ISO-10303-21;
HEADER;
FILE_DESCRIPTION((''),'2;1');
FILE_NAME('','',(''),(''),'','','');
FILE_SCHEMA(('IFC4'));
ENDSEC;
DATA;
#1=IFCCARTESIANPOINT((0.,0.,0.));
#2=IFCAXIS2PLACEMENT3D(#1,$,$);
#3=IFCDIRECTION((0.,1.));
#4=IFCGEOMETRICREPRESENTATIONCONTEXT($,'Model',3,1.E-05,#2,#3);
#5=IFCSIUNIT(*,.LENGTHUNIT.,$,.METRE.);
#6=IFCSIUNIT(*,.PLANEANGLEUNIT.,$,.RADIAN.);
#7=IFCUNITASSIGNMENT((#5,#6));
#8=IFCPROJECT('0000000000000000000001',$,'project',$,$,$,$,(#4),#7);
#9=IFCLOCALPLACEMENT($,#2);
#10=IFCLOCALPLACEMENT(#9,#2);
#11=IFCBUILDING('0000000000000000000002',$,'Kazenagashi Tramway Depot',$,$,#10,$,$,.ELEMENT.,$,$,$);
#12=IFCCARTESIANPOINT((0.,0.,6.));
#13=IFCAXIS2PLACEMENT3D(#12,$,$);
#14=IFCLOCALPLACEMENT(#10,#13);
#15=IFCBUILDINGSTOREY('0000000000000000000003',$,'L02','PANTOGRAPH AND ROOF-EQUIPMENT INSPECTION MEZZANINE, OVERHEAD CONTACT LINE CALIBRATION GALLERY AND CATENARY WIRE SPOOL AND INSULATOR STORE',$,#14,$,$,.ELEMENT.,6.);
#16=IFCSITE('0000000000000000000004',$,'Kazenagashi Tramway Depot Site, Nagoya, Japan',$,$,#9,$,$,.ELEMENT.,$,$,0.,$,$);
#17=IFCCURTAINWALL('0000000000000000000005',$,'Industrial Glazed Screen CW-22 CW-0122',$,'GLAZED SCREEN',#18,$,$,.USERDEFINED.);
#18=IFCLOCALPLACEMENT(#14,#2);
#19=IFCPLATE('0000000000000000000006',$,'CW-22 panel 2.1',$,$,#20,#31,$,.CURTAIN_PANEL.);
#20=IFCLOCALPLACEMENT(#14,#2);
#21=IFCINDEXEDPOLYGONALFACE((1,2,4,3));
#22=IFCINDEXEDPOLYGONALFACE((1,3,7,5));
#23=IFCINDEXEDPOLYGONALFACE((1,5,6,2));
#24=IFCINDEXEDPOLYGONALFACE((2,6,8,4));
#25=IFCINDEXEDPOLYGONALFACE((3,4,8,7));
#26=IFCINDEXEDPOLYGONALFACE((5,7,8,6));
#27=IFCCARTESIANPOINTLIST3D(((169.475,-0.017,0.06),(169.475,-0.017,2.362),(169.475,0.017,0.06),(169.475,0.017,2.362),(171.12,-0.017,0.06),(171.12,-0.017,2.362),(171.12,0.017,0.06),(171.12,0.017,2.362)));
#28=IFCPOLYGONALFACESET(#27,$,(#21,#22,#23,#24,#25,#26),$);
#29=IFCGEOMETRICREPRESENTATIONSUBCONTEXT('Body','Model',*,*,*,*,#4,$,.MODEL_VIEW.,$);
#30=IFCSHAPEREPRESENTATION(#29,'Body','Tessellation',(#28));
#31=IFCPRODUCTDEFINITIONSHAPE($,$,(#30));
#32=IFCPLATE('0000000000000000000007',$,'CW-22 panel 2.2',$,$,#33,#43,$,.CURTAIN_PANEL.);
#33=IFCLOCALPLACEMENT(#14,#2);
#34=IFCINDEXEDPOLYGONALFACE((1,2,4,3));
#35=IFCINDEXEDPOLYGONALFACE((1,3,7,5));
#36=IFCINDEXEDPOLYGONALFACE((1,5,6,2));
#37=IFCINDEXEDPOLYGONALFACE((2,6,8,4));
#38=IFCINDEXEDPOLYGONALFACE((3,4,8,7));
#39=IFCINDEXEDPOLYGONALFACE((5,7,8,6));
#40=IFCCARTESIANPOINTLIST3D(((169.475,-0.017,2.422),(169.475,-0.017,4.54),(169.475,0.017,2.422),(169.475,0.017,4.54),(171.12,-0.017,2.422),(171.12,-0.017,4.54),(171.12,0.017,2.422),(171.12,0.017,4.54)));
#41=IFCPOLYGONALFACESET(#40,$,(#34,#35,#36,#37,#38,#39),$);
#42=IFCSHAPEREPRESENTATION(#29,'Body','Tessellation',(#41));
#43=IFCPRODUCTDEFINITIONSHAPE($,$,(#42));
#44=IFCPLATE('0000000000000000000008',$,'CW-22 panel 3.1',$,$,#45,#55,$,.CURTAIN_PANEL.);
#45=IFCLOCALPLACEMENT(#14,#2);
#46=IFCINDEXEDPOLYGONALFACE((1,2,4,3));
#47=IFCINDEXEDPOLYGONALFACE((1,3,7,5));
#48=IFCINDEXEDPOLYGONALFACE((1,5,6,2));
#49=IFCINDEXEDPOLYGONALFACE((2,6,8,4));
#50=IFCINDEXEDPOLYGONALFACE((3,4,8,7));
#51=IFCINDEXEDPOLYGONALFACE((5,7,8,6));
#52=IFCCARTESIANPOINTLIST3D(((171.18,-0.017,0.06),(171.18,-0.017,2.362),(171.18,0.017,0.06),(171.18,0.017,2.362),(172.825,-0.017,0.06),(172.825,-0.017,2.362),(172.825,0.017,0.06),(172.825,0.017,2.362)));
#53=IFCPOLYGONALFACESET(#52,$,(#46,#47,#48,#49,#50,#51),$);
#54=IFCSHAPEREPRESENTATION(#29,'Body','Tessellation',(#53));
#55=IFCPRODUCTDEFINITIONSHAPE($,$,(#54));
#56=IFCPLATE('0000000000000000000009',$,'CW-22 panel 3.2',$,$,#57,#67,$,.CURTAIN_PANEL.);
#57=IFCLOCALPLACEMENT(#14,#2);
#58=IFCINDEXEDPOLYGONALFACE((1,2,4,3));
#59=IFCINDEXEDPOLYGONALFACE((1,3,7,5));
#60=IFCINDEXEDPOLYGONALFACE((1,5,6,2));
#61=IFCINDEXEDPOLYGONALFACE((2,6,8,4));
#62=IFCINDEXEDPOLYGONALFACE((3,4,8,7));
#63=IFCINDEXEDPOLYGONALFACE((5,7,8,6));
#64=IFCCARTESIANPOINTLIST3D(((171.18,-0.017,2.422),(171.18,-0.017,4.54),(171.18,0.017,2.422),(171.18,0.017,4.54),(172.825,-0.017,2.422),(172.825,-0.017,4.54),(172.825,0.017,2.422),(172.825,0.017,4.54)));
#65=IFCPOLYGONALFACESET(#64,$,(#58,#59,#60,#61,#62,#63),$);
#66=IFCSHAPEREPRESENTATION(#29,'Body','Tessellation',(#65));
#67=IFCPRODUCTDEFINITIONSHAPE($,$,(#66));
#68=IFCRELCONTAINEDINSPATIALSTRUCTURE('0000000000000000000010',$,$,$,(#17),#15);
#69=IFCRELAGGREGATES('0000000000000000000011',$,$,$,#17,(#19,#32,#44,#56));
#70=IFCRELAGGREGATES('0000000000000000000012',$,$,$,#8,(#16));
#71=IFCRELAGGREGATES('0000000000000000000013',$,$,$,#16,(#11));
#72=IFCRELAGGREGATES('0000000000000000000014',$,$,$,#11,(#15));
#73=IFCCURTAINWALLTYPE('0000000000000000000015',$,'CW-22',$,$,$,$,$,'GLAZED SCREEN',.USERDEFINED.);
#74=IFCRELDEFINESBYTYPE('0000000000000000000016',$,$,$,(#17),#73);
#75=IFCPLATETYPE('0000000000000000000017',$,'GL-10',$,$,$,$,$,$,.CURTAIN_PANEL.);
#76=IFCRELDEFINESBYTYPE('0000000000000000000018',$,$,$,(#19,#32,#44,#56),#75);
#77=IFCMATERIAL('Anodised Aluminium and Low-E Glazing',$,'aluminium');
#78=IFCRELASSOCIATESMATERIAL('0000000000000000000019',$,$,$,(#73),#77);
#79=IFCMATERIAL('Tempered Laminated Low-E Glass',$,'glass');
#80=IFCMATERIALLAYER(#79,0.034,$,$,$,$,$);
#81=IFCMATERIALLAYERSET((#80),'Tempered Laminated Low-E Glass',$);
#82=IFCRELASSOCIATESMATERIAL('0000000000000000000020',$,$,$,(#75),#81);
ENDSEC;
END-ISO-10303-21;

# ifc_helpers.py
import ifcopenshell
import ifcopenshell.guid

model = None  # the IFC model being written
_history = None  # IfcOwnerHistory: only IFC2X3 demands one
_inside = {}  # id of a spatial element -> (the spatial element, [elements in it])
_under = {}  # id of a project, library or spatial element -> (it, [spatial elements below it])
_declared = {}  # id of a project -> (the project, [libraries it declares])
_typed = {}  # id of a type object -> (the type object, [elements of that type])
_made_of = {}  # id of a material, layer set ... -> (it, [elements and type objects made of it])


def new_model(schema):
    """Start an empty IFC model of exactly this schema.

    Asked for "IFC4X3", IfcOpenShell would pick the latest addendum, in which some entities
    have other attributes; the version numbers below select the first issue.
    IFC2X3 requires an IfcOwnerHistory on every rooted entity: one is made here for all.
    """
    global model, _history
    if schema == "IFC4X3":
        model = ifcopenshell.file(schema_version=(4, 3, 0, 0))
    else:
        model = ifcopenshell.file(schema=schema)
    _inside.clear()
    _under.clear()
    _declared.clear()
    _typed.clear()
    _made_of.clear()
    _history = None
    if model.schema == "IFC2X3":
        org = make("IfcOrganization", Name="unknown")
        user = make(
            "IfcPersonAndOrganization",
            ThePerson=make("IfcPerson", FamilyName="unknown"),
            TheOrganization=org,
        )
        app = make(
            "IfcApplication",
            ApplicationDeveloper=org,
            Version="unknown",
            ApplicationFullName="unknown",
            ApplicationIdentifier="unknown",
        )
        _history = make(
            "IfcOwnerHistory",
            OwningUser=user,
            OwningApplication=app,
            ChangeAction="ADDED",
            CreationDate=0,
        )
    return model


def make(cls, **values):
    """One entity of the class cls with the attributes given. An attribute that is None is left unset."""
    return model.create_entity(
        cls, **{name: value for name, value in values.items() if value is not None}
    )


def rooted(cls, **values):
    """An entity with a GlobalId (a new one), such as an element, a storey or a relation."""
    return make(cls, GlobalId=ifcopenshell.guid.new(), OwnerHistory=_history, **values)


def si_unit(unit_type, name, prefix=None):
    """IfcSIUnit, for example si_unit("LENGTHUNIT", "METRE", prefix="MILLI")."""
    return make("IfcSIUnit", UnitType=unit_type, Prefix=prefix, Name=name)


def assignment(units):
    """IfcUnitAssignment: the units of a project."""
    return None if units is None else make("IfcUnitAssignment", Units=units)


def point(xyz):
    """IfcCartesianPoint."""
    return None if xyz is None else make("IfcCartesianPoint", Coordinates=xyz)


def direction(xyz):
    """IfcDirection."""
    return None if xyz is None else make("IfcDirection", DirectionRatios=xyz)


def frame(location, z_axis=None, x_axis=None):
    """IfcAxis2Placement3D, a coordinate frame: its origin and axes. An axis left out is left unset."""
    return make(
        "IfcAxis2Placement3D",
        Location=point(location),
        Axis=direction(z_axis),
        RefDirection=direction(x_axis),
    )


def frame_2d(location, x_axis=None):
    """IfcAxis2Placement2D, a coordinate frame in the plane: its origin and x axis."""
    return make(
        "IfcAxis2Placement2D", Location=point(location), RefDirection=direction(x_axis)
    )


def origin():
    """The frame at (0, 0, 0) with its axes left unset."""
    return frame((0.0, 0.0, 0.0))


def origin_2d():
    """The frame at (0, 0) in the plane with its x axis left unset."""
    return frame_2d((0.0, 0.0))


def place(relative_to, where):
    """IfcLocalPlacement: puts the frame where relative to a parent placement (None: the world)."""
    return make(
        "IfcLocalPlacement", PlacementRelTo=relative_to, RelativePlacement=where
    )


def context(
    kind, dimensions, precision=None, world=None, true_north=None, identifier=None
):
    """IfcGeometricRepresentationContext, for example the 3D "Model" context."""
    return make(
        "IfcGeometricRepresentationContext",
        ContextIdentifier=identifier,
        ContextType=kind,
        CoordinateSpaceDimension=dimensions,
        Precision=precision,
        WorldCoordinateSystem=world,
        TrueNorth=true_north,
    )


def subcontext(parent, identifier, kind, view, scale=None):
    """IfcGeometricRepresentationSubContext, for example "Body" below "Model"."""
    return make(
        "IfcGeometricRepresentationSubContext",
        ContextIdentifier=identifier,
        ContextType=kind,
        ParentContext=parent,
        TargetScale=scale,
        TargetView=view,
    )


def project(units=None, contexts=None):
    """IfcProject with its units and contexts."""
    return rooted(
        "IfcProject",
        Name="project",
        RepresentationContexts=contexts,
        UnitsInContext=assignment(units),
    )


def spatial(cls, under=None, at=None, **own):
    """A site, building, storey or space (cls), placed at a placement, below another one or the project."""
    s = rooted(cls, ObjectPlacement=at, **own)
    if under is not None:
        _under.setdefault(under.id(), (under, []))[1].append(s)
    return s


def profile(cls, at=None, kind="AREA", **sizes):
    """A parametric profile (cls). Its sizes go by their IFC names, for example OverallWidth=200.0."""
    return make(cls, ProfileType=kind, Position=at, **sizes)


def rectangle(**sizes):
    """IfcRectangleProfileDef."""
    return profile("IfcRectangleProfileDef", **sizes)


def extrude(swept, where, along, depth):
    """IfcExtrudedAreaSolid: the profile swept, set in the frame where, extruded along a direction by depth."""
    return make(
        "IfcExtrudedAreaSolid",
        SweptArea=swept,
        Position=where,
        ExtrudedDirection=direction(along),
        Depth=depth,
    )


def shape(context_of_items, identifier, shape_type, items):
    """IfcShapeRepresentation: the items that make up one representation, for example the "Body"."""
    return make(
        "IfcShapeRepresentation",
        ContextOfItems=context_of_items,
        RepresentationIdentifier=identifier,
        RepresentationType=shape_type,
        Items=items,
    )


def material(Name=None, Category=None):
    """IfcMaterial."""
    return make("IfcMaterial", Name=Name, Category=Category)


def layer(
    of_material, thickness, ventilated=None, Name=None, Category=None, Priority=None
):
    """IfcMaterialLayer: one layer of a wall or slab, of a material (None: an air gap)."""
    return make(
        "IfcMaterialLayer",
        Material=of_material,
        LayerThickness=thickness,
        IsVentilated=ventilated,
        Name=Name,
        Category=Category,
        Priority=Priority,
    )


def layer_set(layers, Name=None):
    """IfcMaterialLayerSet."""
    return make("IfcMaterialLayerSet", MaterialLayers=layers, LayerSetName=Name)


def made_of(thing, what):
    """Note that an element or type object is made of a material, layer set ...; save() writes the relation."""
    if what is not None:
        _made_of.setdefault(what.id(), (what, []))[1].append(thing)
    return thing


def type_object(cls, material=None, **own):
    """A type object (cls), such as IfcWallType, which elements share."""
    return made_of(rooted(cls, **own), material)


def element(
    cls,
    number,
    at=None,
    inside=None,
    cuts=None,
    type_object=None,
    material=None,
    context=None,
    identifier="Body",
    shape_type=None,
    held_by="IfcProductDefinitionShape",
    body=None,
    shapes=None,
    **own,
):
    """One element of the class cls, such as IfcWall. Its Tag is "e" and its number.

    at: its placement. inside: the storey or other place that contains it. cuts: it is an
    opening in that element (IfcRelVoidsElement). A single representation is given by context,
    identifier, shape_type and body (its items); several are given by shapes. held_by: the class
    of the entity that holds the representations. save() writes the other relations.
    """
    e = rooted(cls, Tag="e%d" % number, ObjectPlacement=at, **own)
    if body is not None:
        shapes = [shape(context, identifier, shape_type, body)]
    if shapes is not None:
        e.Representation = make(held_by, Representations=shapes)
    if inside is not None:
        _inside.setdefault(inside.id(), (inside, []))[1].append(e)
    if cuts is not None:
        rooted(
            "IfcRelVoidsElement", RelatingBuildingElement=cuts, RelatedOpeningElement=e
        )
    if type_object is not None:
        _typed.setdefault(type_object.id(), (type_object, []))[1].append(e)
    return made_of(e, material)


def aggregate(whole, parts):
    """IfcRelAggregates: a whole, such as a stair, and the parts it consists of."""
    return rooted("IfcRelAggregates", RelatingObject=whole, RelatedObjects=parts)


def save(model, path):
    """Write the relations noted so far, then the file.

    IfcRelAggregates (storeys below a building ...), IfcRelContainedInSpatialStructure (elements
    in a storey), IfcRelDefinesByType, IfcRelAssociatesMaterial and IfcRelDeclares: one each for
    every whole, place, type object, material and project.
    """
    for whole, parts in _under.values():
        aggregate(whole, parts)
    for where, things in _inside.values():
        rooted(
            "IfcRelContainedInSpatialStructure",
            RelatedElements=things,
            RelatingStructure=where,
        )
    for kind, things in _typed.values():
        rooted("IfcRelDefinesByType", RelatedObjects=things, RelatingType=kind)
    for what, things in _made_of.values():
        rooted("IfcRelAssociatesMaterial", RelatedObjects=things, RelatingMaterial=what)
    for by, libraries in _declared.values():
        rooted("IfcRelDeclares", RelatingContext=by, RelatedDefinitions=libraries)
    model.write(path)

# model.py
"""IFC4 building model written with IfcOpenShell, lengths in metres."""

from ifc_helpers import new_model, si_unit, direction, frame, origin, origin_2d, place, context, subcontext, project, spatial, rectangle, extrude, material, layer, layer_set, type_object, element, aggregate, save


model = new_model("IFC4")

# Units and contexts
model_context = context("Model", 3, precision=1e-05, world=origin(), true_north=direction((0.0, 1.0)))
body_context = subcontext(model_context, "Body", "Model", "MODEL_VIEW")
ifc_project = project(units=[si_unit("LENGTHUNIT", "METRE"), si_unit("PLANEANGLEUNIT", "RADIAN")], contexts=[model_context])

# Site, building, storey
site_placement = place(None, origin())
site = spatial("IfcSite", under=ifc_project, at=site_placement, Name="Kazenagashi Tramway Depot Site, Nagoya, Japan", CompositionType="ELEMENT", RefElevation=0.0)
building_placement = place(site_placement, origin())
building = spatial("IfcBuilding", under=site, at=building_placement, Name="Kazenagashi Tramway Depot", CompositionType="ELEMENT")
storey_placement = place(building_placement, frame((0.0, 0.0, 6.0)))
storey = spatial("IfcBuildingStorey", under=building, at=storey_placement, Name="L02", Description="PANTOGRAPH AND ROOF-EQUIPMENT INSPECTION MEZZANINE, OVERHEAD CONTACT LINE CALIBRATION GALLERY AND CATENARY WIRE SPOOL AND INSULATOR STORE", CompositionType="ELEMENT", Elevation=6.0)

# Curtain wall, plates
ifc_material_1 = material(Name="Anodised Aluminium and Low-E Glazing", Category="aluminium")
curtain_wall_type = type_object("IfcCurtainWallType", Name="CW-22", ElementType="GLAZED SCREEN", PredefinedType="USERDEFINED", material=ifc_material_1)
curtain_wall_placement = place(storey_placement, origin())
curtain_wall = element("IfcCurtainWall", 1, at=curtain_wall_placement, inside=storey, type_object=curtain_wall_type, Name="Industrial Glazed Screen CW-22 CW-0122", ObjectType="GLAZED SCREEN", PredefinedType="USERDEFINED")
ifc_material_2 = material(Name="Tempered Laminated Low-E Glass", Category="glass")
ifc_layer = layer(ifc_material_2, 0.034)
ifc_layer_set = layer_set([ifc_layer], Name="Tempered Laminated Low-E Glass")
plate_type = type_object("IfcPlateType", Name="GL-10", PredefinedType="CURTAIN_PANEL", material=ifc_layer_set)
plate_1_placement = place(storey_placement, frame((170.2975, 0.0, 0.06), z_axis=(0.0, 0.0, 1.0), x_axis=(1.0, 0.0, 0.0)))
plate_1 = element("IfcPlate", 2, at=plate_1_placement, type_object=plate_type, Name="CW-22 panel 2.1", PredefinedType="CURTAIN_PANEL", context=body_context, shape_type="SweptSolid", body=[
    extrude(rectangle(XDim=1.645, YDim=0.034, at=origin_2d()), origin(), (0.0, 0.0, 1.0), 2.302),
])
plate_2_placement = place(storey_placement, frame((170.2975, 0.0, 2.422), z_axis=(0.0, 0.0, 1.0), x_axis=(1.0, 0.0, 0.0)))
plate_2 = element("IfcPlate", 3, at=plate_2_placement, type_object=plate_type, Name="CW-22 panel 2.2", PredefinedType="CURTAIN_PANEL", context=body_context, shape_type="SweptSolid", body=[
    extrude(rectangle(XDim=1.645, YDim=0.034, at=origin_2d()), origin(), (0.0, 0.0, 1.0), 2.118),
])
plate_3_placement = place(storey_placement, frame((172.0025, 0.0, 0.06), z_axis=(0.0, 0.0, 1.0), x_axis=(1.0, 0.0, 0.0)))
plate_3 = element("IfcPlate", 4, at=plate_3_placement, type_object=plate_type, Name="CW-22 panel 3.1", PredefinedType="CURTAIN_PANEL", context=body_context, shape_type="SweptSolid", body=[
    extrude(rectangle(XDim=1.645, YDim=0.034, at=origin_2d()), origin(), (0.0, 0.0, 1.0), 2.302),
])
plate_4_placement = place(storey_placement, frame((172.0025, 0.0, 2.422), z_axis=(0.0, 0.0, 1.0), x_axis=(1.0, 0.0, 0.0)))
plate_4 = element("IfcPlate", 5, at=plate_4_placement, type_object=plate_type, Name="CW-22 panel 3.2", PredefinedType="CURTAIN_PANEL", context=body_context, shape_type="SweptSolid", body=[
    extrude(rectangle(XDim=1.645, YDim=0.034, at=origin_2d()), origin(), (0.0, 0.0, 1.0), 2.118),
])
aggregate(curtain_wall, [plate_1, plate_2, plate_3, plate_4])

save(model, "model.ifc")
